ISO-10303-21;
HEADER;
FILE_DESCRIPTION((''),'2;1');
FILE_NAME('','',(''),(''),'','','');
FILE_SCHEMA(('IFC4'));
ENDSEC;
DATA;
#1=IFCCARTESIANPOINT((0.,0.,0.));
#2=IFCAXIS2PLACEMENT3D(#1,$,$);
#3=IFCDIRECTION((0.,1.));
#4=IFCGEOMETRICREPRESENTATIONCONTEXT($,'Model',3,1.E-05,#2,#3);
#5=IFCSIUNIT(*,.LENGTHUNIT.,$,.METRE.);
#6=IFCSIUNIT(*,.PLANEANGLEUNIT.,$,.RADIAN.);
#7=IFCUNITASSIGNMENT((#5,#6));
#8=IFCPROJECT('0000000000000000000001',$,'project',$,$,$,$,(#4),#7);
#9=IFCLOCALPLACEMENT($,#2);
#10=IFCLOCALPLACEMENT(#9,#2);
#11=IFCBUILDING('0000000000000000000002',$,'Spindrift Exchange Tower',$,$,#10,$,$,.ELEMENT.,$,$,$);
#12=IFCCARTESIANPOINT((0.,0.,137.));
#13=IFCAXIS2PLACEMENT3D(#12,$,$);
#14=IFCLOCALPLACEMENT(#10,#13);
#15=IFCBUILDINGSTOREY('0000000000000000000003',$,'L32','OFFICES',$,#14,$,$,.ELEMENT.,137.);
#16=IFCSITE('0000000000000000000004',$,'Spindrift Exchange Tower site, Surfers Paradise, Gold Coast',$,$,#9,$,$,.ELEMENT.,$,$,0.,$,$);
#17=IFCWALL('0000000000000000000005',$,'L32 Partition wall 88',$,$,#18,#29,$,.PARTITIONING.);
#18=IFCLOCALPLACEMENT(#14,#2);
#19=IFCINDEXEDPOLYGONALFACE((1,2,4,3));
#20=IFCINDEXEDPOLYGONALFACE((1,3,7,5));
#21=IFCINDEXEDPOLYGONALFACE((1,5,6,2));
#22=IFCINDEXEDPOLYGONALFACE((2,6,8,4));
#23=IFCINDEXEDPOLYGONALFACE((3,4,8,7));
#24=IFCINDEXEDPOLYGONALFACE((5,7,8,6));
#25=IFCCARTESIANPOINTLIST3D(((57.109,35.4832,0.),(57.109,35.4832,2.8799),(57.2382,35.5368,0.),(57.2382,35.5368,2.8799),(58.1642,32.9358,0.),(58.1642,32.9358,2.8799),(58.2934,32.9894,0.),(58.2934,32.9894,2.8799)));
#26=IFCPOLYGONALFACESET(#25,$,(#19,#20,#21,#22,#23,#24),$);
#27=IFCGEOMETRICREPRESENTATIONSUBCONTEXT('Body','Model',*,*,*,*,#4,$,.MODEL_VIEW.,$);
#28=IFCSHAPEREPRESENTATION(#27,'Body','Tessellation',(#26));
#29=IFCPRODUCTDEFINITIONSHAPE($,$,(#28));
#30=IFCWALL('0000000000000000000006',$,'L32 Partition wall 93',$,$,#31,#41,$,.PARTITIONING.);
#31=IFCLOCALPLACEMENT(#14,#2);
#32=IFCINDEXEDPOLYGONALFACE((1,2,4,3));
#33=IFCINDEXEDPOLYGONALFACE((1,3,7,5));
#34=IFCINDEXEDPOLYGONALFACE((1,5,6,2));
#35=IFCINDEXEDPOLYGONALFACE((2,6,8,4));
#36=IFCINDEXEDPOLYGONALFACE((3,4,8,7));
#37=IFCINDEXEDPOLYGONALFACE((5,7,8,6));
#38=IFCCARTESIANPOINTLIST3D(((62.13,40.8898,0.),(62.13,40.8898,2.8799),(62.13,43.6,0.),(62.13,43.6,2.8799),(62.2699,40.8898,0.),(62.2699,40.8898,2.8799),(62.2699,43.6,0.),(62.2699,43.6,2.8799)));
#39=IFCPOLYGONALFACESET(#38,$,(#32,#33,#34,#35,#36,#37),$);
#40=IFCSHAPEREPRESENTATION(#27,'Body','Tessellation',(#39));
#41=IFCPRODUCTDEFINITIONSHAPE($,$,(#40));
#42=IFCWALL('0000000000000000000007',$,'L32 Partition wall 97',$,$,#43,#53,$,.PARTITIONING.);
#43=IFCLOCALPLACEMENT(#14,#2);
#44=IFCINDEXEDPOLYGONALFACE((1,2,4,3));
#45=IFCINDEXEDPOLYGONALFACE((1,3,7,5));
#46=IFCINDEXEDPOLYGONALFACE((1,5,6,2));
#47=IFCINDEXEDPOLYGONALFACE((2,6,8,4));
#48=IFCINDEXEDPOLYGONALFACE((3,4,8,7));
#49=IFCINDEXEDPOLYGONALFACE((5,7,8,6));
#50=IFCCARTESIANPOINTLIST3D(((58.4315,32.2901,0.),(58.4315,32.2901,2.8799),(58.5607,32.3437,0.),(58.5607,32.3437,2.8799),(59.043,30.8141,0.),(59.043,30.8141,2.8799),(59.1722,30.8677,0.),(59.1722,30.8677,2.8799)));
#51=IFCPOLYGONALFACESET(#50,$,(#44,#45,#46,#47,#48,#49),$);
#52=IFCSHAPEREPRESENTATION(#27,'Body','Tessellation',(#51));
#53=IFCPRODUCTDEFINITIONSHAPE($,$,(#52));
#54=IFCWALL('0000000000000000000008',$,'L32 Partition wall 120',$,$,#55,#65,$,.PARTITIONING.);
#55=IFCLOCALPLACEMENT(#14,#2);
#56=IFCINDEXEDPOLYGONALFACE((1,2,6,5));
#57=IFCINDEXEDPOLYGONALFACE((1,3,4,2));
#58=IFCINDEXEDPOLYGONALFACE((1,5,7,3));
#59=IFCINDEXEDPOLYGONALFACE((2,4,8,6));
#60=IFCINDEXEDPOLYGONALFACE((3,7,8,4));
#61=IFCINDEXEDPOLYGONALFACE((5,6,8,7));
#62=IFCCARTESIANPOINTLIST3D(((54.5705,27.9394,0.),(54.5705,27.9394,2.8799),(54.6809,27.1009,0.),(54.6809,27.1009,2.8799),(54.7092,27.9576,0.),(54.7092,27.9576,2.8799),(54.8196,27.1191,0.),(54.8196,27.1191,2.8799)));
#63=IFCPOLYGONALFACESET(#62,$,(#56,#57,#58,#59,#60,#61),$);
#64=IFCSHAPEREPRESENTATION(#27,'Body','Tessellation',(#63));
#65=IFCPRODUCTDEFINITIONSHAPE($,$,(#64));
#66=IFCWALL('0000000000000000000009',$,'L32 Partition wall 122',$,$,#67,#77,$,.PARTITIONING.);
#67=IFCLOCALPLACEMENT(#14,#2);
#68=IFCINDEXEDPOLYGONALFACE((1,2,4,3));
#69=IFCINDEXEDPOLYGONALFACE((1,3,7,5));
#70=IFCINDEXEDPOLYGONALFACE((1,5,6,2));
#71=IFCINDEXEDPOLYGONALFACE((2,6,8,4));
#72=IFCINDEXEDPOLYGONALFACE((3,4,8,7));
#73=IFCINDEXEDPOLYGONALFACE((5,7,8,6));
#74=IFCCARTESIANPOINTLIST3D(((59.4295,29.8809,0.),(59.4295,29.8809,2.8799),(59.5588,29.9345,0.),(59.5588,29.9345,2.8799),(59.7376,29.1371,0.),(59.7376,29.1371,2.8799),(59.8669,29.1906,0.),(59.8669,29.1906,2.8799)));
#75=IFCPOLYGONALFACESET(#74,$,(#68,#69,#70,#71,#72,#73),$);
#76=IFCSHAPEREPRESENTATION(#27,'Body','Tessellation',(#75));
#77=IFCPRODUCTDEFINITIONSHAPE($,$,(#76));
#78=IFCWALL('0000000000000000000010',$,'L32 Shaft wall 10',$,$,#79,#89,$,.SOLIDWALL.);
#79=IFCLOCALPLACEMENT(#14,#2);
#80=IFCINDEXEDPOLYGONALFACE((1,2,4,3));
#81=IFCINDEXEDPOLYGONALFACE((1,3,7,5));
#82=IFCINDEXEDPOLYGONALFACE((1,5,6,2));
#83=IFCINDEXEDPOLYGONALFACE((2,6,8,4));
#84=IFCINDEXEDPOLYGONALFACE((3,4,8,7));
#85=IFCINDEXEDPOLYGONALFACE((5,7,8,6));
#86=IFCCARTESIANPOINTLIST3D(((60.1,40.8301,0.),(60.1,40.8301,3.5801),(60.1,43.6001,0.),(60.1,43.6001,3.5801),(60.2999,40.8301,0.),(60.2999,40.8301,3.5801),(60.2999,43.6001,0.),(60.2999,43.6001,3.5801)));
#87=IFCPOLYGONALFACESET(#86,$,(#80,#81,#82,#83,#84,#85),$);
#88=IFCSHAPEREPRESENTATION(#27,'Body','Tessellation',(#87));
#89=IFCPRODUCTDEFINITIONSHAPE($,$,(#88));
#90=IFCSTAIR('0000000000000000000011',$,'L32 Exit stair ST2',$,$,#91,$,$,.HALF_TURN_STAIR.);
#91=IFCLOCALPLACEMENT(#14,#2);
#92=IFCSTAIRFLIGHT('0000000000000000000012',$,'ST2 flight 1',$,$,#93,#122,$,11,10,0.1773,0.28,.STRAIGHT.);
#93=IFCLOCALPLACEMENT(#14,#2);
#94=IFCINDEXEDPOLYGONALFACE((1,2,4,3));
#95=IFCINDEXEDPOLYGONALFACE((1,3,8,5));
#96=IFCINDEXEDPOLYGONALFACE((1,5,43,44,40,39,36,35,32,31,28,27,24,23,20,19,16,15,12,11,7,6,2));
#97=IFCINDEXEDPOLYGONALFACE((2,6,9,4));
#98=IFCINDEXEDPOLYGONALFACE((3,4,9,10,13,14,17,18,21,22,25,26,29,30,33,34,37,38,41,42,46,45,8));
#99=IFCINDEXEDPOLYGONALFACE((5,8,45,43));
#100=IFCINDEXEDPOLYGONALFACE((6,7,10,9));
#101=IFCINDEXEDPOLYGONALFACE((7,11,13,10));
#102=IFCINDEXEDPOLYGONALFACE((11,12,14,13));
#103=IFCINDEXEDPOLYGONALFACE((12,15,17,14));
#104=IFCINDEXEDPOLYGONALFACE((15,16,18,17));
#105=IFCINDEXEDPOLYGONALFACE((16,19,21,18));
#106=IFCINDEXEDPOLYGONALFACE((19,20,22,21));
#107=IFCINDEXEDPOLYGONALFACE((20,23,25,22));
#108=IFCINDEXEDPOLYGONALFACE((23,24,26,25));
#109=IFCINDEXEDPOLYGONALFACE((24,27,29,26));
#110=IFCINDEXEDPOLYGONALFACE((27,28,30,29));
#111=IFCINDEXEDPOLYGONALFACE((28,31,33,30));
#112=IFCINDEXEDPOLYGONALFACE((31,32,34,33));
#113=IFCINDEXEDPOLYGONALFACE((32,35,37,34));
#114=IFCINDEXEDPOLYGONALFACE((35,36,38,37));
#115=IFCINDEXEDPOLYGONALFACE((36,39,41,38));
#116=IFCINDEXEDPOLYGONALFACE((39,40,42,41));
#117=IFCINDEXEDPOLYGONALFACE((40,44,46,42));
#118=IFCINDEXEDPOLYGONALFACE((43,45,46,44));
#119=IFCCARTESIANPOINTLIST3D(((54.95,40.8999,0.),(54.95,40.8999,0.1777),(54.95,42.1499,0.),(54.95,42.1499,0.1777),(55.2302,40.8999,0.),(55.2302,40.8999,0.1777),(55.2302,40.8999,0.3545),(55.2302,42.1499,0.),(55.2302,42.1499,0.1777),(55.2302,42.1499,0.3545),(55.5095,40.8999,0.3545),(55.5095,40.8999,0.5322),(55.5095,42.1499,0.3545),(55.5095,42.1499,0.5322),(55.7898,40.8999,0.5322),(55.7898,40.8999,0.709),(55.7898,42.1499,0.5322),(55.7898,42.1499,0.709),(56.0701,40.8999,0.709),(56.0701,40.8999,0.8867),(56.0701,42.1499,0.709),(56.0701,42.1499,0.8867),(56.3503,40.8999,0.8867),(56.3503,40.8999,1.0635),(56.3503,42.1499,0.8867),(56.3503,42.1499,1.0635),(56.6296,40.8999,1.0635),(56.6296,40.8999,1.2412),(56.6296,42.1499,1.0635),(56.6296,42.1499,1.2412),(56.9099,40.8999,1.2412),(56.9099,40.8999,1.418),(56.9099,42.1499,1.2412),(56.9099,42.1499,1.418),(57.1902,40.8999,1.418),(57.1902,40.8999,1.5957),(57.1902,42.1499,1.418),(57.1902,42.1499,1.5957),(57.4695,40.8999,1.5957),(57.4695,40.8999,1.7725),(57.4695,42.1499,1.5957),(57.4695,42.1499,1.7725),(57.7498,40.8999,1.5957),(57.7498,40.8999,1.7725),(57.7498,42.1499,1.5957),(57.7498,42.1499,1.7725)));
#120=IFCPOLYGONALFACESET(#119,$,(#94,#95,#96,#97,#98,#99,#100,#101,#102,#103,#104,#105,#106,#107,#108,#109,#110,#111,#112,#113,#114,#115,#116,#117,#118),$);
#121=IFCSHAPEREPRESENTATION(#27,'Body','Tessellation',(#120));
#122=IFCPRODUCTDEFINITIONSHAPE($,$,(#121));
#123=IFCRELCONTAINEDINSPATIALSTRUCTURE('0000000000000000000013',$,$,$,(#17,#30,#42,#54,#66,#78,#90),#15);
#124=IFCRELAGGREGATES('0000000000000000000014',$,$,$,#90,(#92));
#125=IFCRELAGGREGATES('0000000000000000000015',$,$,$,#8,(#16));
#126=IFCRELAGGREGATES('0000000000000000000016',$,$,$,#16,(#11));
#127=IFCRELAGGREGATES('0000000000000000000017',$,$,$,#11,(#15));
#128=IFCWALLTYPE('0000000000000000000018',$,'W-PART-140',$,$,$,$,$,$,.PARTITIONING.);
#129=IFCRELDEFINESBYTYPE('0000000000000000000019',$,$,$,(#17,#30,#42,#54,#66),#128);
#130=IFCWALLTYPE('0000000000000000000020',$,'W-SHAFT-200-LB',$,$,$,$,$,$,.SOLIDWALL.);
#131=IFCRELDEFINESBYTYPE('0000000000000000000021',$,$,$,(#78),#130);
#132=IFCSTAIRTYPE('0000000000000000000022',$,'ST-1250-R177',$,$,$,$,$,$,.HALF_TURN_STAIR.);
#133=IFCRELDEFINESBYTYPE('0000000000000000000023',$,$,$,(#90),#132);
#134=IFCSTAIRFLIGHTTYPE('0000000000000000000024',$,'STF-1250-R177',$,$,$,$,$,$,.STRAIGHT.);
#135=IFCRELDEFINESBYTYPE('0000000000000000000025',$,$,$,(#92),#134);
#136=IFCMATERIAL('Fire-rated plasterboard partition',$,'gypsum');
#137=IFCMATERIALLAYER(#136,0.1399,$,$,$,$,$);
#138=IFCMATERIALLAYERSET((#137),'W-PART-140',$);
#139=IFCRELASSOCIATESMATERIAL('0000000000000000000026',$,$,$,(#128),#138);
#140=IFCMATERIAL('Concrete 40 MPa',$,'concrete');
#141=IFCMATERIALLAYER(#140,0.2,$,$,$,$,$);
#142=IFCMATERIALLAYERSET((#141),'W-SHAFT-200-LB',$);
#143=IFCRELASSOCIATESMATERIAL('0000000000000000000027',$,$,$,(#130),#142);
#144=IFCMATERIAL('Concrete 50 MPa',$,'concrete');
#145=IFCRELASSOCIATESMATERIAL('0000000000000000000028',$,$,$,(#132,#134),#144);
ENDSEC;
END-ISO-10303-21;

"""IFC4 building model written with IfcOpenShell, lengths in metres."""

from ifc_helpers import new_model, si_unit, direction, frame, frame_2d, origin, place, context, subcontext, project, spatial, line, indexed_curve, rectangle, outline, extrude, material, layer, layer_set, type_object, element, aggregate, save


model = new_model("IFC4")

# Units and contexts
model_context = context("Model", 3, precision=1e-05, world=origin(), true_north=direction((0.0, 1.0)))
body_context = subcontext(model_context, "Body", "Model", "MODEL_VIEW")
ifc_project = project(units=[si_unit("LENGTHUNIT", "METRE"), si_unit("PLANEANGLEUNIT", "RADIAN")], contexts=[model_context])

# Site, building, storey
site_placement = place(None, origin())
site = spatial("IfcSite", under=ifc_project, at=site_placement, Name="Spindrift Exchange Tower site, Surfers Paradise, Gold Coast", CompositionType="ELEMENT", RefElevation=0.0)
building_placement = place(site_placement, origin())
building = spatial("IfcBuilding", under=site, at=building_placement, Name="Spindrift Exchange Tower", CompositionType="ELEMENT")
storey_placement = place(building_placement, frame((0.0, 0.0, 137.0)))
storey = spatial("IfcBuildingStorey", under=building, at=storey_placement, Name="L32", Description="OFFICES", CompositionType="ELEMENT", Elevation=137.0)

# Shared definitions
ifc_material_1 = material(Name="Concrete 50 MPa", Category="concrete")

# Shared definitions
ifc_material_2 = material(Name="Fire-rated plasterboard partition", Category="gypsum")

# Shared definitions
ifc_layer_1 = layer(ifc_material_2, 0.1399)
ifc_layer_set_1 = layer_set([ifc_layer_1], Name="W-PART-140")
wall_type_1 = type_object("IfcWallType", Name="W-PART-140", PredefinedType="PARTITIONING", material=ifc_layer_set_1)

# Walls
wall_1_placement = place(storey_placement, frame((57.1736, 35.51, 0.0), z_axis=(0.0, 0.0, 1.0), x_axis=(0.382691, -0.923877, 0.0)))
element("IfcWall", 1, at=wall_1_placement, inside=storey, type_object=wall_type_1, Name="L32 Partition wall 88", PredefinedType="PARTITIONING", context=body_context, shape_type="SweptSolid", body=[
    extrude(rectangle(XDim=2.7573, YDim=0.1399, at=frame_2d((1.3787, 0.0))), origin(), (0.0, 0.0, 1.0), 2.8799),
])
wall_2_placement = place(storey_placement, frame((62.2, 40.8899, 0.0), z_axis=(0.0, 0.0, 1.0), x_axis=(0.0, 1.0, 0.0)))
element("IfcWall", 2, at=wall_2_placement, inside=storey, type_object=wall_type_1, Name="L32 Partition wall 93", PredefinedType="PARTITIONING", context=body_context, shape_type="SweptSolid", body=[
    extrude(rectangle(XDim=2.7102, YDim=0.1399, at=frame_2d((1.355, 0.0))), origin(), (0.0, 0.0, 1.0), 2.8799),
])
wall_3_placement = place(storey_placement, frame((58.4961, 32.3169, 0.0), z_axis=(0.0, 0.0, 1.0), x_axis=(0.38277, -0.923844, 0.0)))
element("IfcWall", 3, at=wall_3_placement, inside=storey, type_object=wall_type_1, Name="L32 Partition wall 97", PredefinedType="PARTITIONING", context=body_context, shape_type="SweptSolid", body=[
    extrude(rectangle(XDim=1.5977, YDim=0.1399, at=frame_2d((0.7988, 0.0))), origin(), (0.0, 0.0, 1.0), 2.8799),
])
wall_4_placement = place(storey_placement, frame((54.6399, 27.9485, 0.0), z_axis=(0.0, 0.0, 1.0), x_axis=(0.130499, -0.991448, 0.0)))
element("IfcWall", 4, at=wall_4_placement, inside=storey, type_object=wall_type_1, Name="L32 Partition wall 120", PredefinedType="PARTITIONING", context=body_context, shape_type="SweptSolid", body=[
    extrude(rectangle(XDim=0.8457, YDim=0.1399, at=frame_2d((0.4229, 0.0))), origin(), (0.0, 0.0, 1.0), 2.8799),
])
wall_5_placement = place(storey_placement, frame((59.4941, 29.9077, 0.0), z_axis=(0.0, 0.0, 1.0), x_axis=(0.382655, -0.923891, 0.0)))
element("IfcWall", 5, at=wall_5_placement, inside=storey, type_object=wall_type_1, Name="L32 Partition wall 122", PredefinedType="PARTITIONING", context=body_context, shape_type="SweptSolid", body=[
    extrude(rectangle(XDim=0.8052, YDim=0.1399, at=frame_2d((0.4026, 0.0))), origin(), (0.0, 0.0, 1.0), 2.8799),
])
ifc_material_3 = material(Name="Concrete 40 MPa", Category="concrete")
ifc_layer_2 = layer(ifc_material_3, 0.2)
ifc_layer_set_2 = layer_set([ifc_layer_2], Name="W-SHAFT-200-LB")
wall_type_2 = type_object("IfcWallType", Name="W-SHAFT-200-LB", PredefinedType="SOLIDWALL", material=ifc_layer_set_2)
wall_6_placement = place(storey_placement, frame((60.2, 40.8301, 0.0), z_axis=(0.0, 0.0, 1.0), x_axis=(0.0, 1.0, 0.0)))
element("IfcWall", 6, at=wall_6_placement, inside=storey, type_object=wall_type_2, Name="L32 Shaft wall 10", PredefinedType="SOLIDWALL", context=body_context, shape_type="SweptSolid", body=[
    extrude(rectangle(XDim=2.77, YDim=0.2, at=frame_2d((1.385, 0.0))), origin(), (0.0, 0.0, 1.0), 3.5801),
])

# Stair, stair flight
stair_type = type_object("IfcStairType", Name="ST-1250-R177", PredefinedType="HALF_TURN_STAIR", material=ifc_material_1)
stair_placement = place(storey_placement, origin())
stair = element("IfcStair", 7, at=stair_placement, inside=storey, type_object=stair_type, Name="L32 Exit stair ST2", PredefinedType="HALF_TURN_STAIR")
stair_flight_type = type_object("IfcStairFlightType", Name="STF-1250-R177", PredefinedType="STRAIGHT", material=ifc_material_1)
stair_flight_placement = place(storey_placement, frame((54.95, 41.5249, 0.0), z_axis=(0.0, 0.0, 1.0), x_axis=(1.0, 0.0, 0.0)))
stair_flight = element("IfcStairFlight", 8, at=stair_flight_placement, type_object=stair_flight_type, Name="ST2 flight 1", NumberOfRisers=11, NumberOfTreads=10, PredefinedType="STRAIGHT", RiserHeight=0.1773, TreadLength=0.28, context=body_context, shape_type="SweptSolid", body=[
    extrude(outline(indexed_curve([(0.0, 0.0), (0.0, 0.1777), (0.2803, 0.1777), (0.2803, 0.3545), (0.5596, 0.3545), (0.5596, 0.5322), (0.8398, 0.5322), (0.8398, 0.709), (1.1201, 0.709), (1.1201, 0.8867), (1.4004, 0.8867), (1.4004, 1.0635), (1.6797, 1.0635), (1.6797, 1.2412), (1.96, 1.2412), (1.96, 1.418), (2.2402, 1.418), (2.2402, 1.5957), (2.5195, 1.5957), (2.5195, 1.7725), (2.7998, 1.7725), (2.7998, 1.9502), (2.7998, 1.5957), (0.2803, 0.0)], segments=[line(1, 2, 3, 4, 5, 6, 7, 8, 9, 10, 11, 12, 13, 14, 15, 16, 17, 18, 19, 20, 21, 22, 23, 24, 1)], self_intersect=False)), frame((0.0, 0.625, 0.0), z_axis=(0.0, -1.0, 0.0), x_axis=(1.0, 0.0, 0.0)), (0.0, 0.0, 1.0), 1.25),
])
aggregate(stair, [stair_flight])

save(model, "model.ifc")
